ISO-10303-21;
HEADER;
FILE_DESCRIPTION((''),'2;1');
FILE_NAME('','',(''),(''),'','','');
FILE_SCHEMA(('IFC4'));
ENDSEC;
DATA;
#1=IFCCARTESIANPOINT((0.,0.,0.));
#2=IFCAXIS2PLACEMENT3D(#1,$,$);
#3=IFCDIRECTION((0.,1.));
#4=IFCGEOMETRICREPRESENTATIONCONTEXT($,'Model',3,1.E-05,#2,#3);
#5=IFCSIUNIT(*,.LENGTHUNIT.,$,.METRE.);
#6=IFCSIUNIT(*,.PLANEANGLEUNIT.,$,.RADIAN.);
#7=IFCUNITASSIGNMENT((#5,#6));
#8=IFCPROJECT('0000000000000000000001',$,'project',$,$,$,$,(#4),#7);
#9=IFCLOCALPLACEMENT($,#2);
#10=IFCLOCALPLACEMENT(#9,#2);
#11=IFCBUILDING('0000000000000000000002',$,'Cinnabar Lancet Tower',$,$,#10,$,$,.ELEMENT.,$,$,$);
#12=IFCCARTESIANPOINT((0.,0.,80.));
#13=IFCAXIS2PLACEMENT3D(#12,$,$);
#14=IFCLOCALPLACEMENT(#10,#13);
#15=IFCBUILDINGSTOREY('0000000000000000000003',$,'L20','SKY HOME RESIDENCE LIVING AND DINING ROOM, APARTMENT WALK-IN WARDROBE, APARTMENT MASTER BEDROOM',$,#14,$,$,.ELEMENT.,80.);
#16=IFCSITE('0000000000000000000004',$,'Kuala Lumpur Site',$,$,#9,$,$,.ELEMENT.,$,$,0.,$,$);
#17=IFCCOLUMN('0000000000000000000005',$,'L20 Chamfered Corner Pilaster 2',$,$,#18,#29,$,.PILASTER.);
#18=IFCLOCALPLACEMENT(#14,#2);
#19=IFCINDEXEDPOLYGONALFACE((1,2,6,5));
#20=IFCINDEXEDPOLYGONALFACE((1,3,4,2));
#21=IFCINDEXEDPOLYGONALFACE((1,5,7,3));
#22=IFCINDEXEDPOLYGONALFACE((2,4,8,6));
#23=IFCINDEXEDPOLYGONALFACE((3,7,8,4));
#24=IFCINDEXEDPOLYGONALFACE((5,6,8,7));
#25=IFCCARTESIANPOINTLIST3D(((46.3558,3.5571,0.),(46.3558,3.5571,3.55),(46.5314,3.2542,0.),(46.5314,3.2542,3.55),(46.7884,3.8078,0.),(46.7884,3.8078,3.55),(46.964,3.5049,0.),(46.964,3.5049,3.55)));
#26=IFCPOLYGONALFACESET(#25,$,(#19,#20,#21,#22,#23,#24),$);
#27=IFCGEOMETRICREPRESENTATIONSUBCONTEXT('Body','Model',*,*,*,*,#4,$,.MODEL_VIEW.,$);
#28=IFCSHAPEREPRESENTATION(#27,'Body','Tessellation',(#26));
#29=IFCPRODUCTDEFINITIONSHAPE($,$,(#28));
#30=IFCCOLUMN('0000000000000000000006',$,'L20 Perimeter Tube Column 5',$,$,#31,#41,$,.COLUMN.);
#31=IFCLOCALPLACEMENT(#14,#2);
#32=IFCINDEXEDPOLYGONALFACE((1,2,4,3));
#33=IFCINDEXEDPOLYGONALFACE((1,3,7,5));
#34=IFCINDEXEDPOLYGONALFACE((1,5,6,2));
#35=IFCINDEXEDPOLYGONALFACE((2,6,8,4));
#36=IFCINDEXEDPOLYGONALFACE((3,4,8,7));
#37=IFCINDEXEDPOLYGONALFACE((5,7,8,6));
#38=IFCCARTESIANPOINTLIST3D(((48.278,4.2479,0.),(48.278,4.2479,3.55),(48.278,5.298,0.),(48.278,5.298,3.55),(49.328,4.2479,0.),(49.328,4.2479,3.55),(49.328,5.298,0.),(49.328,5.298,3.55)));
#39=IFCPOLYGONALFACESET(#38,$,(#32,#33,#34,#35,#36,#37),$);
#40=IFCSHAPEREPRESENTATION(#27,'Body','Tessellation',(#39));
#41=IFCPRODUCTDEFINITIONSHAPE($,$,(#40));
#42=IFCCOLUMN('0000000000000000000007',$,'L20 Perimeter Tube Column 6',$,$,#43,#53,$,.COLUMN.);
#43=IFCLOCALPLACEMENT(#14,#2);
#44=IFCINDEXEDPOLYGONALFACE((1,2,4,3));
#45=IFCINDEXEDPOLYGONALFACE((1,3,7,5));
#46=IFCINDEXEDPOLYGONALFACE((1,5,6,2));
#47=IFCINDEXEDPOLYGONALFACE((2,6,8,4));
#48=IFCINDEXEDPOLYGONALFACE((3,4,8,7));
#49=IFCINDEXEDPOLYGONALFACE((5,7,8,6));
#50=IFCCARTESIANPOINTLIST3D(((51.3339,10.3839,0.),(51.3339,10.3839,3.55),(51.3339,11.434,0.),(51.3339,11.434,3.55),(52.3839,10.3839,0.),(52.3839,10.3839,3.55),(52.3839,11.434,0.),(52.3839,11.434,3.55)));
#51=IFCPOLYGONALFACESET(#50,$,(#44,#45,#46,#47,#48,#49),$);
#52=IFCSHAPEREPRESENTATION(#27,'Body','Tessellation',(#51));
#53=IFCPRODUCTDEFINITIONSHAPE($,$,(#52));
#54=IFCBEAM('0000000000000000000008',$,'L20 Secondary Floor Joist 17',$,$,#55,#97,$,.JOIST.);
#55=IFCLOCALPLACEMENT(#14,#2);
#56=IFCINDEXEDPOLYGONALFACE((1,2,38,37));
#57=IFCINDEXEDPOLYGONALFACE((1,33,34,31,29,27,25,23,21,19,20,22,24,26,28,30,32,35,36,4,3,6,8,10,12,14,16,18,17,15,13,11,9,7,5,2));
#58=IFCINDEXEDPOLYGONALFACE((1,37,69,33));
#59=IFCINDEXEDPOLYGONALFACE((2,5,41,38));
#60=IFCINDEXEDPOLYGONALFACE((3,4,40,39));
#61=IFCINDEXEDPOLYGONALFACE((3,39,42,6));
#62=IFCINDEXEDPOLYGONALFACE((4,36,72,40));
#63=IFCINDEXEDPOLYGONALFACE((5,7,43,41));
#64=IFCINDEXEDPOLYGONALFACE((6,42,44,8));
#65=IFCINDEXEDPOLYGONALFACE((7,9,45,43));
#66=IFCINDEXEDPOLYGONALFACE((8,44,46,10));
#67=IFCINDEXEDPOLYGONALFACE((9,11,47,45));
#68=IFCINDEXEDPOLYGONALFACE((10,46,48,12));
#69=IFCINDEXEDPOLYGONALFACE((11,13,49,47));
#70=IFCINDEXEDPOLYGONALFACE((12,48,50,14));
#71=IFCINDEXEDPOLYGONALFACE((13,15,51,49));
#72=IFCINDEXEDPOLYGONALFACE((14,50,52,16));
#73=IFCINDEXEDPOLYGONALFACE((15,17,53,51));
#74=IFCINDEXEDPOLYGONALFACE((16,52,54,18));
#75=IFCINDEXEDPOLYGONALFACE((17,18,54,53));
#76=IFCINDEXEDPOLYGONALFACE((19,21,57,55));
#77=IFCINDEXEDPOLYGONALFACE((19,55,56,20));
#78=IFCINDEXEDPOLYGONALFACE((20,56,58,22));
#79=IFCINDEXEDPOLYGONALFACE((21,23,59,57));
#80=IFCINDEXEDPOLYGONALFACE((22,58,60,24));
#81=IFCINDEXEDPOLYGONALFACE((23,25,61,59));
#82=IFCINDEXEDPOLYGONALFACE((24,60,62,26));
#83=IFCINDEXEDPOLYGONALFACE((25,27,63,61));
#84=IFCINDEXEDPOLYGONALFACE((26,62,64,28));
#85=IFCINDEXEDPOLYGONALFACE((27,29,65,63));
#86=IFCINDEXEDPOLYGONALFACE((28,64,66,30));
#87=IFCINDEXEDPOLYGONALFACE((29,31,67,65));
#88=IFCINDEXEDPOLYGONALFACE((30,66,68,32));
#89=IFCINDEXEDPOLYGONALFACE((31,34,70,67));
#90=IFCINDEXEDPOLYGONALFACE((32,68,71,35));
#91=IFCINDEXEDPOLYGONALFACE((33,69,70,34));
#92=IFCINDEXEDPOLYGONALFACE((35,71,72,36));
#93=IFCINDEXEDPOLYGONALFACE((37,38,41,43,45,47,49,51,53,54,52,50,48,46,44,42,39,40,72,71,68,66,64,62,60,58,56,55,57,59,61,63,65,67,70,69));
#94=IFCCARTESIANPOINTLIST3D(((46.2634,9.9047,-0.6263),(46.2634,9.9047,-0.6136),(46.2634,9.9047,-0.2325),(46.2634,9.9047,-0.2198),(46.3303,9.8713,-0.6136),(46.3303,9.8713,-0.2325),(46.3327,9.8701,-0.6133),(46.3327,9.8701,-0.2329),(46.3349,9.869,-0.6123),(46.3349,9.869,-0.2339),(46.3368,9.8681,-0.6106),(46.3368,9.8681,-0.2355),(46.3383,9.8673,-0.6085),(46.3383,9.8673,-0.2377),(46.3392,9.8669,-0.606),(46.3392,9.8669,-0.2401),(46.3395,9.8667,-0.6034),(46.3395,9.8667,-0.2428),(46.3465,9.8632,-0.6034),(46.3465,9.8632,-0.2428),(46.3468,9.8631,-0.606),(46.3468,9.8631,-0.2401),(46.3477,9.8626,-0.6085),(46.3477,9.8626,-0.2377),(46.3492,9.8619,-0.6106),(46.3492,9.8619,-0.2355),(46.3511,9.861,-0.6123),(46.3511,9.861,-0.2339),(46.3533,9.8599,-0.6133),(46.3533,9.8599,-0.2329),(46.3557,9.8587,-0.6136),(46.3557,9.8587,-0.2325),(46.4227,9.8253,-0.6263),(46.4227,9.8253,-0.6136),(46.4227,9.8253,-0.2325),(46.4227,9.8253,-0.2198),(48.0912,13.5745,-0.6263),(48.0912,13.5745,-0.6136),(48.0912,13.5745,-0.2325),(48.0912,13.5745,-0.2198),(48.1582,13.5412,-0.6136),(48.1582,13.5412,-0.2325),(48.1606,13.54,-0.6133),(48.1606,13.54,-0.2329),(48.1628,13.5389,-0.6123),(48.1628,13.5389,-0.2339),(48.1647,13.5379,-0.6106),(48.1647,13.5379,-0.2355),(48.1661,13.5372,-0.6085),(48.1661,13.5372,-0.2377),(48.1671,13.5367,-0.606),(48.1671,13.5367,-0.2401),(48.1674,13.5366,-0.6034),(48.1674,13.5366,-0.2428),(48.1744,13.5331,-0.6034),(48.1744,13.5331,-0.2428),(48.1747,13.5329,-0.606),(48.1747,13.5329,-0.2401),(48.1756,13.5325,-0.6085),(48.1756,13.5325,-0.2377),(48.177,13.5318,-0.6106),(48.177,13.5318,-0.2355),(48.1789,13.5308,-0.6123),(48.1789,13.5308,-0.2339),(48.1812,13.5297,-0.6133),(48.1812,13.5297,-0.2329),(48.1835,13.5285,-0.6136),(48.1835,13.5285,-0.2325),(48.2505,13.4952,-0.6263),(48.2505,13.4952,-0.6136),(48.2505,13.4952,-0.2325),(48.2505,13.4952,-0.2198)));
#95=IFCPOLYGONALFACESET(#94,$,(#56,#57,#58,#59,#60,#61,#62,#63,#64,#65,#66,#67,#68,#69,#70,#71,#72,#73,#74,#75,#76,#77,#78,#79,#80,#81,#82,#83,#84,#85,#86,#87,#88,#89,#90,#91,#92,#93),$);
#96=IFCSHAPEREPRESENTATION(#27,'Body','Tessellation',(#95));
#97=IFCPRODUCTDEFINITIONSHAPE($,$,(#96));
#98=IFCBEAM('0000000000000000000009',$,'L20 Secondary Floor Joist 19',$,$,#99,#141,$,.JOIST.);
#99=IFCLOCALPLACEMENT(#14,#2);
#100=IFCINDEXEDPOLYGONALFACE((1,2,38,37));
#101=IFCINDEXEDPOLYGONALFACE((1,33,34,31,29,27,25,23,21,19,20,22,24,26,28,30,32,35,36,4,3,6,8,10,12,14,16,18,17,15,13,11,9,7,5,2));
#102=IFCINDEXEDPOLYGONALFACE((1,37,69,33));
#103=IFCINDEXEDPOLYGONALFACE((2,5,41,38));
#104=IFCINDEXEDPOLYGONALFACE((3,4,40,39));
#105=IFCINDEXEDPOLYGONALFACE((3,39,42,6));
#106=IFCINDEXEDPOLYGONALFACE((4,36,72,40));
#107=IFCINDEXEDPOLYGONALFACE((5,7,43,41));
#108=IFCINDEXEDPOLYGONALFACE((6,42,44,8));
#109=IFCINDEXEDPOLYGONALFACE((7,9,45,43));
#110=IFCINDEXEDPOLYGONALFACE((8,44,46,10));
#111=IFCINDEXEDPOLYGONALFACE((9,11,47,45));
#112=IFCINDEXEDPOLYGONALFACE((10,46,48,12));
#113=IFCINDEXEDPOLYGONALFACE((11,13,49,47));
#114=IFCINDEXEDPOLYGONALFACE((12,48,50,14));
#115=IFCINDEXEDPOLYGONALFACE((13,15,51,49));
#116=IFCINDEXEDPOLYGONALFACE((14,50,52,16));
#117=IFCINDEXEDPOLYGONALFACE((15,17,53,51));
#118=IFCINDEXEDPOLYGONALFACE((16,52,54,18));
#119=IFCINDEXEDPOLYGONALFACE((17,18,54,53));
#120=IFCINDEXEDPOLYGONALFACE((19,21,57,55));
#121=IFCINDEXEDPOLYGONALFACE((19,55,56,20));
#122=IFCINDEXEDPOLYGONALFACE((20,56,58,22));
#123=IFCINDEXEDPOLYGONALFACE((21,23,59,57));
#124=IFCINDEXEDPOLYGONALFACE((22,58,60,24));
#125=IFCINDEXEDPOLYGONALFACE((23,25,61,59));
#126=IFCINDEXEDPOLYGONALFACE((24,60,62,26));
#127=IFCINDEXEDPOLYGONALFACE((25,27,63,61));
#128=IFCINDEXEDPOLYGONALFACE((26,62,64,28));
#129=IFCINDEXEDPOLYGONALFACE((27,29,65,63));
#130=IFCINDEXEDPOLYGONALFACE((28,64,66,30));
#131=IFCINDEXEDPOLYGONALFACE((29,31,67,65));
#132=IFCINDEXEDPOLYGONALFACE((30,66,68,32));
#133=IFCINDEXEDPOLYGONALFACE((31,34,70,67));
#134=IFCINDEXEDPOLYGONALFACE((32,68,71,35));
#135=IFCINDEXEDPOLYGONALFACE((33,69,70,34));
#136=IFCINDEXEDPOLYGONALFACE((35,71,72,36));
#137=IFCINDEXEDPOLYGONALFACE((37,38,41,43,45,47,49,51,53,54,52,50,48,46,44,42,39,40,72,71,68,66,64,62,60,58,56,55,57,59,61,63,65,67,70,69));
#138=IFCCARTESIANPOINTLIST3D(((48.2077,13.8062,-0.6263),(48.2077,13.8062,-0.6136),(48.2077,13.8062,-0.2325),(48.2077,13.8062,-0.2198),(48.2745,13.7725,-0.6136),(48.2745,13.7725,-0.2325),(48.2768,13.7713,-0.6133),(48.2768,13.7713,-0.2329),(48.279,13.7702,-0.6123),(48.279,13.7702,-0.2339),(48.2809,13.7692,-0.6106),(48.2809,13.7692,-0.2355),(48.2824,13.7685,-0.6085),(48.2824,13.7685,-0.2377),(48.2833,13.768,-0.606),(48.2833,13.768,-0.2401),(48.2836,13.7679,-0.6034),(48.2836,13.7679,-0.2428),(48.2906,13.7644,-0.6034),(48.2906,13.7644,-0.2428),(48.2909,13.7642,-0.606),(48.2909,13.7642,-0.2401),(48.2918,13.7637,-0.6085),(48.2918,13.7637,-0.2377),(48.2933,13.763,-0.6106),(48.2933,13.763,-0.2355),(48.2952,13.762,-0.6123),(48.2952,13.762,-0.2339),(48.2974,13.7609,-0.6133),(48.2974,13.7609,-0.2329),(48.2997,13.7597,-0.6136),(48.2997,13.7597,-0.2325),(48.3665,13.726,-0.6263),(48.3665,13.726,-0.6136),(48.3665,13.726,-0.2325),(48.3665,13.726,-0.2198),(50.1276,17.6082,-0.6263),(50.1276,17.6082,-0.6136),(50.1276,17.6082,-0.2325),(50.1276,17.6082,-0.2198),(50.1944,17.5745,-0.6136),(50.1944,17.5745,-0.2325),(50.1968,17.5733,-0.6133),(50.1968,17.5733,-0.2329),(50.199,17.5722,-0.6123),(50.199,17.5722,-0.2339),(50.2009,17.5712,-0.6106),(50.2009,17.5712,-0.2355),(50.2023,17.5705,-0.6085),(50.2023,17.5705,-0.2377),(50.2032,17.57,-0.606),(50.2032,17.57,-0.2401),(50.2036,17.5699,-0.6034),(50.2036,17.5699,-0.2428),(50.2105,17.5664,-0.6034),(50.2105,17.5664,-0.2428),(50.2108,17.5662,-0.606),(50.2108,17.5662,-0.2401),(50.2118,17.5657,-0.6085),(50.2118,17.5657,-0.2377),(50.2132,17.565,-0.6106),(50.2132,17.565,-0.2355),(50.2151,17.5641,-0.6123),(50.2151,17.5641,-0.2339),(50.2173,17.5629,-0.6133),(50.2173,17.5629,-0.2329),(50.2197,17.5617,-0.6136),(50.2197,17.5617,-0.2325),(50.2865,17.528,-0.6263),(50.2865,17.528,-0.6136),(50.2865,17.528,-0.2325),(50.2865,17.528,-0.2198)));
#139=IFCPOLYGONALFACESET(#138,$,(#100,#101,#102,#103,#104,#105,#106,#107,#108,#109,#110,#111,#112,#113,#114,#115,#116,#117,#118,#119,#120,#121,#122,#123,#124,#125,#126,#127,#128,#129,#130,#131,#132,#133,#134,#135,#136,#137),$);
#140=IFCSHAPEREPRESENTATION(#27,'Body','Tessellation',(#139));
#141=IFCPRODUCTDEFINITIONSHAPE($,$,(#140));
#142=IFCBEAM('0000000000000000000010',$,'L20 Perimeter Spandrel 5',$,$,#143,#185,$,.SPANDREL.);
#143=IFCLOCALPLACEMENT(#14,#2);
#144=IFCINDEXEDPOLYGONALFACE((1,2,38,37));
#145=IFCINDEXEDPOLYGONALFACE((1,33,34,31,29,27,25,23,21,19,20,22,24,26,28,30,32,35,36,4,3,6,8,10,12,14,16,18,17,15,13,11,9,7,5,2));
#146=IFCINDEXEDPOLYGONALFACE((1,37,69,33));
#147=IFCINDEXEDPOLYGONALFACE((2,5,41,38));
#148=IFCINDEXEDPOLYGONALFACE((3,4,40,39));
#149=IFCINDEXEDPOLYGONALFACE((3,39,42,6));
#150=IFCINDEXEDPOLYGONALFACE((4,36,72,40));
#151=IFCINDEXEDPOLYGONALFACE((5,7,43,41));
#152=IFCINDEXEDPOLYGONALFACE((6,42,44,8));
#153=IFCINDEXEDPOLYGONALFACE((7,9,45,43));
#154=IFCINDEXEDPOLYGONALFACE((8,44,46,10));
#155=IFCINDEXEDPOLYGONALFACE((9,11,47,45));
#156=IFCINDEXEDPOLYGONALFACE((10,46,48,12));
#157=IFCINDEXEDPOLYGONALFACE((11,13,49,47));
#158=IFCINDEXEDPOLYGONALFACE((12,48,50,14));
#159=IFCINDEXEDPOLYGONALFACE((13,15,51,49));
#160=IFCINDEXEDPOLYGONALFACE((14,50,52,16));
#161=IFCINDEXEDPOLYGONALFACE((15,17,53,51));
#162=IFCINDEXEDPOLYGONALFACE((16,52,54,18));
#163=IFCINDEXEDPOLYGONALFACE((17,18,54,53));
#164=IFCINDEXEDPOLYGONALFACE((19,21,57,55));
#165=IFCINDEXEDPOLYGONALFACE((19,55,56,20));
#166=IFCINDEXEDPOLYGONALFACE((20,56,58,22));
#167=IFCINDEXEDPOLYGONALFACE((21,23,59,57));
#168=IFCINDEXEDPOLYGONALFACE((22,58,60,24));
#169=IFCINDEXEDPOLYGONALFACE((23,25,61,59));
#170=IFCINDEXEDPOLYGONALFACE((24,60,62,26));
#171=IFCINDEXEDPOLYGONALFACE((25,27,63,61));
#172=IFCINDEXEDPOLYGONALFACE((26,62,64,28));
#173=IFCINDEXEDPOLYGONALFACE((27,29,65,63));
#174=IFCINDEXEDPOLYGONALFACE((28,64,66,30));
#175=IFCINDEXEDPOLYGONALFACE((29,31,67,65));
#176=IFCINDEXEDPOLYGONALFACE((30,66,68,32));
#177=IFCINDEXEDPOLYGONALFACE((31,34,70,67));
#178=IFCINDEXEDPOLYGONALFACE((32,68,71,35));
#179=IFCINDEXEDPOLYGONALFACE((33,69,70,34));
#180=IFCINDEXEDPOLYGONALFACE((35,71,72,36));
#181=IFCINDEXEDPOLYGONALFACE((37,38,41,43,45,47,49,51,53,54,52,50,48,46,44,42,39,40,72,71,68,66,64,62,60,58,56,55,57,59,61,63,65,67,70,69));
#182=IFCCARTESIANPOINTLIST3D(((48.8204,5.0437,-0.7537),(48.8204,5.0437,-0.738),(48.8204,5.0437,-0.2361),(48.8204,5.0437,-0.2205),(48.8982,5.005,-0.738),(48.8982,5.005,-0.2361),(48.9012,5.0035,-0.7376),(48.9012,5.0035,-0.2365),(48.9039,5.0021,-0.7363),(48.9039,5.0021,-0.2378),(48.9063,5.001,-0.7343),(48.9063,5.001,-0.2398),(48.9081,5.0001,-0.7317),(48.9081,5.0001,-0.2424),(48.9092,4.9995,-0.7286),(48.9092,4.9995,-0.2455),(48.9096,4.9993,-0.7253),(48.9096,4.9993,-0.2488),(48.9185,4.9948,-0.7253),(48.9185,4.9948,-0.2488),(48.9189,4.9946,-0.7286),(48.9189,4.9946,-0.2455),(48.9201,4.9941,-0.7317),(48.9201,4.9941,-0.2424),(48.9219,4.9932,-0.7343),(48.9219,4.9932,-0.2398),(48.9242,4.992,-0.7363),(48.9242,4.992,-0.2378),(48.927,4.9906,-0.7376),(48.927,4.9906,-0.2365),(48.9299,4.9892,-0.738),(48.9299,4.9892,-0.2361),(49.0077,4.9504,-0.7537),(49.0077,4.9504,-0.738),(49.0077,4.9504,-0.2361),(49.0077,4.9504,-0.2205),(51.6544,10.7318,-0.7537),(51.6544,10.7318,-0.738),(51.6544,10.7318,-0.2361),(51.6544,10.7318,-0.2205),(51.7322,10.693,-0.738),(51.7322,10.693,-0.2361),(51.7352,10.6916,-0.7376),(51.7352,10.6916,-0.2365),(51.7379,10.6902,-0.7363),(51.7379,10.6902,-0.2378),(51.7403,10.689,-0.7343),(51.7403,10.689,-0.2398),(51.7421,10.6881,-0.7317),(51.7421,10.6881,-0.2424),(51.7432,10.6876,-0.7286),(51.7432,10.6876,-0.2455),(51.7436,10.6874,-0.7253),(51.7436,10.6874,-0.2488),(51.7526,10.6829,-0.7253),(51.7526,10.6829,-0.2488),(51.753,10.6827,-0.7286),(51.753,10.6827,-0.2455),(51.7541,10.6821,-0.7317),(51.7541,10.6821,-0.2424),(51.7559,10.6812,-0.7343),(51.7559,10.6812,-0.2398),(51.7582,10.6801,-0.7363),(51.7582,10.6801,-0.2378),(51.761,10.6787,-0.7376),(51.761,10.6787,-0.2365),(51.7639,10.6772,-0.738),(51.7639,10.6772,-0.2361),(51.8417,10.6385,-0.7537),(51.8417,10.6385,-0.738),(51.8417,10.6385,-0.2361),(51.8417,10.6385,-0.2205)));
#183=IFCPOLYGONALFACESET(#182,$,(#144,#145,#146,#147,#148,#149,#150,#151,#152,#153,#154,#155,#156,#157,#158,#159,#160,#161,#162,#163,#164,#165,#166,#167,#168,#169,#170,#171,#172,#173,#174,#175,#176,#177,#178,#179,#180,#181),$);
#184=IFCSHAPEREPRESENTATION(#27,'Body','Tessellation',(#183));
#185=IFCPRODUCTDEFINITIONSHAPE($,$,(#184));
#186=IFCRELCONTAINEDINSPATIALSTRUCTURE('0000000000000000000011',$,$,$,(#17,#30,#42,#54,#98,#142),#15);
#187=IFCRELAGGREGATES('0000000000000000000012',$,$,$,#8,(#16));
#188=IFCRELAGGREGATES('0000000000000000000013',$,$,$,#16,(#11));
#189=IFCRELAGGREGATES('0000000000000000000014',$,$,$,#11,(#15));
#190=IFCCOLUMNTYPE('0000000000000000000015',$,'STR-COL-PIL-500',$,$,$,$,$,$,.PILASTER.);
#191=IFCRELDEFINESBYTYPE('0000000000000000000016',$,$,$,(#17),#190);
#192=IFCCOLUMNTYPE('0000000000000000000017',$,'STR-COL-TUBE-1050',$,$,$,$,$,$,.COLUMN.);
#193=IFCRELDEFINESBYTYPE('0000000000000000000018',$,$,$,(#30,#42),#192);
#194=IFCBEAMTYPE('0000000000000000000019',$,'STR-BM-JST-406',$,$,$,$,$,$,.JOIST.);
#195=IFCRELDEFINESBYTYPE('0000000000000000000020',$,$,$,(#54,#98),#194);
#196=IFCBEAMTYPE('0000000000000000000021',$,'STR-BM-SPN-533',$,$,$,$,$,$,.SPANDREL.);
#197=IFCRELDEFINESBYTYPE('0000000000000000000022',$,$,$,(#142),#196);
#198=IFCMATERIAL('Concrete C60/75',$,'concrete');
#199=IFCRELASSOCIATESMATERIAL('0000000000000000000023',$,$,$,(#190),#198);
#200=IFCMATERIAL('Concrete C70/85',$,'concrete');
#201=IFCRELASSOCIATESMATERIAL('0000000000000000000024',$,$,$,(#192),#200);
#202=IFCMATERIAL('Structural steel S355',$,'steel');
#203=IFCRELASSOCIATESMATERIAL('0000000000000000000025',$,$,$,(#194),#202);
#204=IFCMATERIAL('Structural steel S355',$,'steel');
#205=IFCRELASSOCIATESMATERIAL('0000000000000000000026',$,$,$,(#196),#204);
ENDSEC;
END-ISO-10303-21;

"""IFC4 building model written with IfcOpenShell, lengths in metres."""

from ifc_helpers import new_model, si_unit, direction, frame, origin, origin_2d, place, context, subcontext, project, spatial, rectangle, i_section, extrude, material, material_profile, profile_set, type_object, element, save


model = new_model("IFC4")

# Units and contexts
model_context = context("Model", 3, precision=1e-05, world=origin(), true_north=direction((0.0, 1.0)))
body_context = subcontext(model_context, "Body", "Model", "MODEL_VIEW")
ifc_project = project(units=[si_unit("LENGTHUNIT", "METRE"), si_unit("PLANEANGLEUNIT", "RADIAN")], contexts=[model_context])

# Site, building, storey
site_placement = place(None, origin())
site = spatial("IfcSite", under=ifc_project, at=site_placement, Name="Kuala Lumpur Site", CompositionType="ELEMENT", RefElevation=0.0)
building_placement = place(site_placement, origin())
building = spatial("IfcBuilding", under=site, at=building_placement, Name="Cinnabar Lancet Tower", CompositionType="ELEMENT")
storey_placement = place(building_placement, frame((0.0, 0.0, 80.0)))
storey = spatial("IfcBuildingStorey", under=building, at=storey_placement, Name="L20", Description="SKY HOME RESIDENCE LIVING AND DINING ROOM, APARTMENT WALK-IN WARDROBE, APARTMENT MASTER BEDROOM", CompositionType="ELEMENT", Elevation=80.0)

# Columns
ifc_material_1 = material(Name="Concrete C60/75", Category="concrete")
ifc_material_profile_1 = material_profile(ifc_material_1, rectangle(XDim=0.5, YDim=0.3501, at=origin_2d()), Name="RC-PIL 500x350")
ifc_profile_set_1 = profile_set([ifc_material_profile_1], Name="Concrete C60/75")
column_type_1 = type_object("IfcColumnType", Name="STR-COL-PIL-500", PredefinedType="PILASTER", material=ifc_profile_set_1)
column_placement = place(storey_placement, frame((46.6599, 3.531, 0.0), z_axis=(0.0, 0.0, 1.0), x_axis=(0.865195, 0.501435, 0.0)))
element("IfcColumn", 1, at=column_placement, inside=storey, type_object=column_type_1, Name="L20 Chamfered Corner Pilaster 2", PredefinedType="PILASTER", context=body_context, shape_type="SweptSolid", body=[
    extrude(rectangle(XDim=0.5, YDim=0.3501, at=origin_2d()), origin(), (0.0, 0.0, 1.0), 3.55),
])
ifc_material_2 = material(Name="Concrete C70/85", Category="concrete")
ifc_material_profile_2 = material_profile(ifc_material_2, rectangle(XDim=1.05, YDim=1.05, at=origin_2d()), Name="RC-COL 1050x1050")
ifc_profile_set_2 = profile_set([ifc_material_profile_2], Name="Concrete C70/85")
column_type_2 = type_object("IfcColumnType", Name="STR-COL-TUBE-1050", PredefinedType="COLUMN", material=ifc_profile_set_2)
for number, where, z_axis, x_axis, name in (
    (2, (48.803, 4.7729, 0.0), (0.0, 0.0, 1.0), (1.0, 0.0, 0.0), "L20 Perimeter Tube Column 5"),
    (3, (51.8589, 10.9089, 0.0), (0.0, 0.0, 1.0), (1.0, 0.0, 0.0), "L20 Perimeter Tube Column 6"),
):
    element("IfcColumn", number, at=place(storey_placement, frame(where, z_axis=z_axis, x_axis=x_axis)), inside=storey, type_object=column_type_2, Name=name, PredefinedType="COLUMN", context=body_context, shape_type="SweptSolid", body=[
        extrude(rectangle(XDim=1.05, YDim=1.05, at=origin_2d()), origin(), (0.0, 0.0, 1.0), 3.55),
    ])

# Beams
ifc_material_3 = material(Name="Structural steel S355", Category="steel")
ifc_material_profile_3 = material_profile(ifc_material_3, i_section(OverallWidth=0.178, OverallDepth=0.4065, WebThickness=0.0078, FlangeThickness=0.0127, FilletRadius=0.0103, at=origin_2d()), Name="UKB 406x178x60")
ifc_profile_set_3 = profile_set([ifc_material_profile_3], Name="Structural steel S355")
beam_type_1 = type_object("IfcBeamType", Name="STR-BM-JST-406", PredefinedType="JOIST", material=ifc_profile_set_3)
beam_1_placement = place(storey_placement, frame((46.343, 9.865, -0.4231), z_axis=(0.445832, 0.895117, 0.0), x_axis=(-0.895117, 0.445832, 0.0)))
element("IfcBeam", 4, at=beam_1_placement, inside=storey, type_object=beam_type_1, Name="L20 Secondary Floor Joist 17", PredefinedType="JOIST", context=body_context, shape_type="SweptSolid", body=[
    extrude(i_section(OverallWidth=0.178, OverallDepth=0.4065, WebThickness=0.0078, FlangeThickness=0.0127, FilletRadius=0.0103, at=origin_2d()), origin(), (0.0, 0.0, 1.0), 4.0999),
])
beam_2_placement = place(storey_placement, frame((48.2871, 13.7661, -0.4231), z_axis=(0.450764, 0.892643, 0.0), x_axis=(-0.892643, 0.450764, 0.0)))
element("IfcBeam", 5, at=beam_2_placement, inside=storey, type_object=beam_type_1, Name="L20 Secondary Floor Joist 19", PredefinedType="JOIST", context=body_context, shape_type="SweptSolid", body=[
    extrude(i_section(OverallWidth=0.178, OverallDepth=0.4065, WebThickness=0.0078, FlangeThickness=0.0127, FilletRadius=0.0103, at=origin_2d()), origin(), (0.0, 0.0, 1.0), 4.2593),
])
ifc_material_4 = material(Name="Structural steel S355", Category="steel")
ifc_material_profile_4 = material_profile(ifc_material_4, i_section(OverallWidth=0.2092, OverallDepth=0.5332, WebThickness=0.01, FlangeThickness=0.0156, FilletRadius=0.0127, at=origin_2d()), Name="UKB 533x210x92")
ifc_profile_set_4 = profile_set([ifc_material_profile_4], Name="Structural steel S355")
beam_type_2 = type_object("IfcBeamType", Name="STR-BM-SPN-533", PredefinedType="SPANDREL", material=ifc_profile_set_4)
beam_3_placement = place(storey_placement, frame((48.9141, 4.9971, -0.4871), z_axis=(0.445953, 0.895056, 0.0), x_axis=(-0.895056, 0.445953, 0.0)))
element("IfcBeam", 6, at=beam_3_placement, inside=storey, type_object=beam_type_2, Name="L20 Perimeter Spandrel 5", PredefinedType="SPANDREL", context=body_context, shape_type="SweptSolid", body=[
    extrude(i_section(OverallWidth=0.2092, OverallDepth=0.5332, WebThickness=0.01, FlangeThickness=0.0156, FilletRadius=0.0127, at=origin_2d()), origin(), (0.0, 0.0, 1.0), 6.355),
])

save(model, "model.ifc")
